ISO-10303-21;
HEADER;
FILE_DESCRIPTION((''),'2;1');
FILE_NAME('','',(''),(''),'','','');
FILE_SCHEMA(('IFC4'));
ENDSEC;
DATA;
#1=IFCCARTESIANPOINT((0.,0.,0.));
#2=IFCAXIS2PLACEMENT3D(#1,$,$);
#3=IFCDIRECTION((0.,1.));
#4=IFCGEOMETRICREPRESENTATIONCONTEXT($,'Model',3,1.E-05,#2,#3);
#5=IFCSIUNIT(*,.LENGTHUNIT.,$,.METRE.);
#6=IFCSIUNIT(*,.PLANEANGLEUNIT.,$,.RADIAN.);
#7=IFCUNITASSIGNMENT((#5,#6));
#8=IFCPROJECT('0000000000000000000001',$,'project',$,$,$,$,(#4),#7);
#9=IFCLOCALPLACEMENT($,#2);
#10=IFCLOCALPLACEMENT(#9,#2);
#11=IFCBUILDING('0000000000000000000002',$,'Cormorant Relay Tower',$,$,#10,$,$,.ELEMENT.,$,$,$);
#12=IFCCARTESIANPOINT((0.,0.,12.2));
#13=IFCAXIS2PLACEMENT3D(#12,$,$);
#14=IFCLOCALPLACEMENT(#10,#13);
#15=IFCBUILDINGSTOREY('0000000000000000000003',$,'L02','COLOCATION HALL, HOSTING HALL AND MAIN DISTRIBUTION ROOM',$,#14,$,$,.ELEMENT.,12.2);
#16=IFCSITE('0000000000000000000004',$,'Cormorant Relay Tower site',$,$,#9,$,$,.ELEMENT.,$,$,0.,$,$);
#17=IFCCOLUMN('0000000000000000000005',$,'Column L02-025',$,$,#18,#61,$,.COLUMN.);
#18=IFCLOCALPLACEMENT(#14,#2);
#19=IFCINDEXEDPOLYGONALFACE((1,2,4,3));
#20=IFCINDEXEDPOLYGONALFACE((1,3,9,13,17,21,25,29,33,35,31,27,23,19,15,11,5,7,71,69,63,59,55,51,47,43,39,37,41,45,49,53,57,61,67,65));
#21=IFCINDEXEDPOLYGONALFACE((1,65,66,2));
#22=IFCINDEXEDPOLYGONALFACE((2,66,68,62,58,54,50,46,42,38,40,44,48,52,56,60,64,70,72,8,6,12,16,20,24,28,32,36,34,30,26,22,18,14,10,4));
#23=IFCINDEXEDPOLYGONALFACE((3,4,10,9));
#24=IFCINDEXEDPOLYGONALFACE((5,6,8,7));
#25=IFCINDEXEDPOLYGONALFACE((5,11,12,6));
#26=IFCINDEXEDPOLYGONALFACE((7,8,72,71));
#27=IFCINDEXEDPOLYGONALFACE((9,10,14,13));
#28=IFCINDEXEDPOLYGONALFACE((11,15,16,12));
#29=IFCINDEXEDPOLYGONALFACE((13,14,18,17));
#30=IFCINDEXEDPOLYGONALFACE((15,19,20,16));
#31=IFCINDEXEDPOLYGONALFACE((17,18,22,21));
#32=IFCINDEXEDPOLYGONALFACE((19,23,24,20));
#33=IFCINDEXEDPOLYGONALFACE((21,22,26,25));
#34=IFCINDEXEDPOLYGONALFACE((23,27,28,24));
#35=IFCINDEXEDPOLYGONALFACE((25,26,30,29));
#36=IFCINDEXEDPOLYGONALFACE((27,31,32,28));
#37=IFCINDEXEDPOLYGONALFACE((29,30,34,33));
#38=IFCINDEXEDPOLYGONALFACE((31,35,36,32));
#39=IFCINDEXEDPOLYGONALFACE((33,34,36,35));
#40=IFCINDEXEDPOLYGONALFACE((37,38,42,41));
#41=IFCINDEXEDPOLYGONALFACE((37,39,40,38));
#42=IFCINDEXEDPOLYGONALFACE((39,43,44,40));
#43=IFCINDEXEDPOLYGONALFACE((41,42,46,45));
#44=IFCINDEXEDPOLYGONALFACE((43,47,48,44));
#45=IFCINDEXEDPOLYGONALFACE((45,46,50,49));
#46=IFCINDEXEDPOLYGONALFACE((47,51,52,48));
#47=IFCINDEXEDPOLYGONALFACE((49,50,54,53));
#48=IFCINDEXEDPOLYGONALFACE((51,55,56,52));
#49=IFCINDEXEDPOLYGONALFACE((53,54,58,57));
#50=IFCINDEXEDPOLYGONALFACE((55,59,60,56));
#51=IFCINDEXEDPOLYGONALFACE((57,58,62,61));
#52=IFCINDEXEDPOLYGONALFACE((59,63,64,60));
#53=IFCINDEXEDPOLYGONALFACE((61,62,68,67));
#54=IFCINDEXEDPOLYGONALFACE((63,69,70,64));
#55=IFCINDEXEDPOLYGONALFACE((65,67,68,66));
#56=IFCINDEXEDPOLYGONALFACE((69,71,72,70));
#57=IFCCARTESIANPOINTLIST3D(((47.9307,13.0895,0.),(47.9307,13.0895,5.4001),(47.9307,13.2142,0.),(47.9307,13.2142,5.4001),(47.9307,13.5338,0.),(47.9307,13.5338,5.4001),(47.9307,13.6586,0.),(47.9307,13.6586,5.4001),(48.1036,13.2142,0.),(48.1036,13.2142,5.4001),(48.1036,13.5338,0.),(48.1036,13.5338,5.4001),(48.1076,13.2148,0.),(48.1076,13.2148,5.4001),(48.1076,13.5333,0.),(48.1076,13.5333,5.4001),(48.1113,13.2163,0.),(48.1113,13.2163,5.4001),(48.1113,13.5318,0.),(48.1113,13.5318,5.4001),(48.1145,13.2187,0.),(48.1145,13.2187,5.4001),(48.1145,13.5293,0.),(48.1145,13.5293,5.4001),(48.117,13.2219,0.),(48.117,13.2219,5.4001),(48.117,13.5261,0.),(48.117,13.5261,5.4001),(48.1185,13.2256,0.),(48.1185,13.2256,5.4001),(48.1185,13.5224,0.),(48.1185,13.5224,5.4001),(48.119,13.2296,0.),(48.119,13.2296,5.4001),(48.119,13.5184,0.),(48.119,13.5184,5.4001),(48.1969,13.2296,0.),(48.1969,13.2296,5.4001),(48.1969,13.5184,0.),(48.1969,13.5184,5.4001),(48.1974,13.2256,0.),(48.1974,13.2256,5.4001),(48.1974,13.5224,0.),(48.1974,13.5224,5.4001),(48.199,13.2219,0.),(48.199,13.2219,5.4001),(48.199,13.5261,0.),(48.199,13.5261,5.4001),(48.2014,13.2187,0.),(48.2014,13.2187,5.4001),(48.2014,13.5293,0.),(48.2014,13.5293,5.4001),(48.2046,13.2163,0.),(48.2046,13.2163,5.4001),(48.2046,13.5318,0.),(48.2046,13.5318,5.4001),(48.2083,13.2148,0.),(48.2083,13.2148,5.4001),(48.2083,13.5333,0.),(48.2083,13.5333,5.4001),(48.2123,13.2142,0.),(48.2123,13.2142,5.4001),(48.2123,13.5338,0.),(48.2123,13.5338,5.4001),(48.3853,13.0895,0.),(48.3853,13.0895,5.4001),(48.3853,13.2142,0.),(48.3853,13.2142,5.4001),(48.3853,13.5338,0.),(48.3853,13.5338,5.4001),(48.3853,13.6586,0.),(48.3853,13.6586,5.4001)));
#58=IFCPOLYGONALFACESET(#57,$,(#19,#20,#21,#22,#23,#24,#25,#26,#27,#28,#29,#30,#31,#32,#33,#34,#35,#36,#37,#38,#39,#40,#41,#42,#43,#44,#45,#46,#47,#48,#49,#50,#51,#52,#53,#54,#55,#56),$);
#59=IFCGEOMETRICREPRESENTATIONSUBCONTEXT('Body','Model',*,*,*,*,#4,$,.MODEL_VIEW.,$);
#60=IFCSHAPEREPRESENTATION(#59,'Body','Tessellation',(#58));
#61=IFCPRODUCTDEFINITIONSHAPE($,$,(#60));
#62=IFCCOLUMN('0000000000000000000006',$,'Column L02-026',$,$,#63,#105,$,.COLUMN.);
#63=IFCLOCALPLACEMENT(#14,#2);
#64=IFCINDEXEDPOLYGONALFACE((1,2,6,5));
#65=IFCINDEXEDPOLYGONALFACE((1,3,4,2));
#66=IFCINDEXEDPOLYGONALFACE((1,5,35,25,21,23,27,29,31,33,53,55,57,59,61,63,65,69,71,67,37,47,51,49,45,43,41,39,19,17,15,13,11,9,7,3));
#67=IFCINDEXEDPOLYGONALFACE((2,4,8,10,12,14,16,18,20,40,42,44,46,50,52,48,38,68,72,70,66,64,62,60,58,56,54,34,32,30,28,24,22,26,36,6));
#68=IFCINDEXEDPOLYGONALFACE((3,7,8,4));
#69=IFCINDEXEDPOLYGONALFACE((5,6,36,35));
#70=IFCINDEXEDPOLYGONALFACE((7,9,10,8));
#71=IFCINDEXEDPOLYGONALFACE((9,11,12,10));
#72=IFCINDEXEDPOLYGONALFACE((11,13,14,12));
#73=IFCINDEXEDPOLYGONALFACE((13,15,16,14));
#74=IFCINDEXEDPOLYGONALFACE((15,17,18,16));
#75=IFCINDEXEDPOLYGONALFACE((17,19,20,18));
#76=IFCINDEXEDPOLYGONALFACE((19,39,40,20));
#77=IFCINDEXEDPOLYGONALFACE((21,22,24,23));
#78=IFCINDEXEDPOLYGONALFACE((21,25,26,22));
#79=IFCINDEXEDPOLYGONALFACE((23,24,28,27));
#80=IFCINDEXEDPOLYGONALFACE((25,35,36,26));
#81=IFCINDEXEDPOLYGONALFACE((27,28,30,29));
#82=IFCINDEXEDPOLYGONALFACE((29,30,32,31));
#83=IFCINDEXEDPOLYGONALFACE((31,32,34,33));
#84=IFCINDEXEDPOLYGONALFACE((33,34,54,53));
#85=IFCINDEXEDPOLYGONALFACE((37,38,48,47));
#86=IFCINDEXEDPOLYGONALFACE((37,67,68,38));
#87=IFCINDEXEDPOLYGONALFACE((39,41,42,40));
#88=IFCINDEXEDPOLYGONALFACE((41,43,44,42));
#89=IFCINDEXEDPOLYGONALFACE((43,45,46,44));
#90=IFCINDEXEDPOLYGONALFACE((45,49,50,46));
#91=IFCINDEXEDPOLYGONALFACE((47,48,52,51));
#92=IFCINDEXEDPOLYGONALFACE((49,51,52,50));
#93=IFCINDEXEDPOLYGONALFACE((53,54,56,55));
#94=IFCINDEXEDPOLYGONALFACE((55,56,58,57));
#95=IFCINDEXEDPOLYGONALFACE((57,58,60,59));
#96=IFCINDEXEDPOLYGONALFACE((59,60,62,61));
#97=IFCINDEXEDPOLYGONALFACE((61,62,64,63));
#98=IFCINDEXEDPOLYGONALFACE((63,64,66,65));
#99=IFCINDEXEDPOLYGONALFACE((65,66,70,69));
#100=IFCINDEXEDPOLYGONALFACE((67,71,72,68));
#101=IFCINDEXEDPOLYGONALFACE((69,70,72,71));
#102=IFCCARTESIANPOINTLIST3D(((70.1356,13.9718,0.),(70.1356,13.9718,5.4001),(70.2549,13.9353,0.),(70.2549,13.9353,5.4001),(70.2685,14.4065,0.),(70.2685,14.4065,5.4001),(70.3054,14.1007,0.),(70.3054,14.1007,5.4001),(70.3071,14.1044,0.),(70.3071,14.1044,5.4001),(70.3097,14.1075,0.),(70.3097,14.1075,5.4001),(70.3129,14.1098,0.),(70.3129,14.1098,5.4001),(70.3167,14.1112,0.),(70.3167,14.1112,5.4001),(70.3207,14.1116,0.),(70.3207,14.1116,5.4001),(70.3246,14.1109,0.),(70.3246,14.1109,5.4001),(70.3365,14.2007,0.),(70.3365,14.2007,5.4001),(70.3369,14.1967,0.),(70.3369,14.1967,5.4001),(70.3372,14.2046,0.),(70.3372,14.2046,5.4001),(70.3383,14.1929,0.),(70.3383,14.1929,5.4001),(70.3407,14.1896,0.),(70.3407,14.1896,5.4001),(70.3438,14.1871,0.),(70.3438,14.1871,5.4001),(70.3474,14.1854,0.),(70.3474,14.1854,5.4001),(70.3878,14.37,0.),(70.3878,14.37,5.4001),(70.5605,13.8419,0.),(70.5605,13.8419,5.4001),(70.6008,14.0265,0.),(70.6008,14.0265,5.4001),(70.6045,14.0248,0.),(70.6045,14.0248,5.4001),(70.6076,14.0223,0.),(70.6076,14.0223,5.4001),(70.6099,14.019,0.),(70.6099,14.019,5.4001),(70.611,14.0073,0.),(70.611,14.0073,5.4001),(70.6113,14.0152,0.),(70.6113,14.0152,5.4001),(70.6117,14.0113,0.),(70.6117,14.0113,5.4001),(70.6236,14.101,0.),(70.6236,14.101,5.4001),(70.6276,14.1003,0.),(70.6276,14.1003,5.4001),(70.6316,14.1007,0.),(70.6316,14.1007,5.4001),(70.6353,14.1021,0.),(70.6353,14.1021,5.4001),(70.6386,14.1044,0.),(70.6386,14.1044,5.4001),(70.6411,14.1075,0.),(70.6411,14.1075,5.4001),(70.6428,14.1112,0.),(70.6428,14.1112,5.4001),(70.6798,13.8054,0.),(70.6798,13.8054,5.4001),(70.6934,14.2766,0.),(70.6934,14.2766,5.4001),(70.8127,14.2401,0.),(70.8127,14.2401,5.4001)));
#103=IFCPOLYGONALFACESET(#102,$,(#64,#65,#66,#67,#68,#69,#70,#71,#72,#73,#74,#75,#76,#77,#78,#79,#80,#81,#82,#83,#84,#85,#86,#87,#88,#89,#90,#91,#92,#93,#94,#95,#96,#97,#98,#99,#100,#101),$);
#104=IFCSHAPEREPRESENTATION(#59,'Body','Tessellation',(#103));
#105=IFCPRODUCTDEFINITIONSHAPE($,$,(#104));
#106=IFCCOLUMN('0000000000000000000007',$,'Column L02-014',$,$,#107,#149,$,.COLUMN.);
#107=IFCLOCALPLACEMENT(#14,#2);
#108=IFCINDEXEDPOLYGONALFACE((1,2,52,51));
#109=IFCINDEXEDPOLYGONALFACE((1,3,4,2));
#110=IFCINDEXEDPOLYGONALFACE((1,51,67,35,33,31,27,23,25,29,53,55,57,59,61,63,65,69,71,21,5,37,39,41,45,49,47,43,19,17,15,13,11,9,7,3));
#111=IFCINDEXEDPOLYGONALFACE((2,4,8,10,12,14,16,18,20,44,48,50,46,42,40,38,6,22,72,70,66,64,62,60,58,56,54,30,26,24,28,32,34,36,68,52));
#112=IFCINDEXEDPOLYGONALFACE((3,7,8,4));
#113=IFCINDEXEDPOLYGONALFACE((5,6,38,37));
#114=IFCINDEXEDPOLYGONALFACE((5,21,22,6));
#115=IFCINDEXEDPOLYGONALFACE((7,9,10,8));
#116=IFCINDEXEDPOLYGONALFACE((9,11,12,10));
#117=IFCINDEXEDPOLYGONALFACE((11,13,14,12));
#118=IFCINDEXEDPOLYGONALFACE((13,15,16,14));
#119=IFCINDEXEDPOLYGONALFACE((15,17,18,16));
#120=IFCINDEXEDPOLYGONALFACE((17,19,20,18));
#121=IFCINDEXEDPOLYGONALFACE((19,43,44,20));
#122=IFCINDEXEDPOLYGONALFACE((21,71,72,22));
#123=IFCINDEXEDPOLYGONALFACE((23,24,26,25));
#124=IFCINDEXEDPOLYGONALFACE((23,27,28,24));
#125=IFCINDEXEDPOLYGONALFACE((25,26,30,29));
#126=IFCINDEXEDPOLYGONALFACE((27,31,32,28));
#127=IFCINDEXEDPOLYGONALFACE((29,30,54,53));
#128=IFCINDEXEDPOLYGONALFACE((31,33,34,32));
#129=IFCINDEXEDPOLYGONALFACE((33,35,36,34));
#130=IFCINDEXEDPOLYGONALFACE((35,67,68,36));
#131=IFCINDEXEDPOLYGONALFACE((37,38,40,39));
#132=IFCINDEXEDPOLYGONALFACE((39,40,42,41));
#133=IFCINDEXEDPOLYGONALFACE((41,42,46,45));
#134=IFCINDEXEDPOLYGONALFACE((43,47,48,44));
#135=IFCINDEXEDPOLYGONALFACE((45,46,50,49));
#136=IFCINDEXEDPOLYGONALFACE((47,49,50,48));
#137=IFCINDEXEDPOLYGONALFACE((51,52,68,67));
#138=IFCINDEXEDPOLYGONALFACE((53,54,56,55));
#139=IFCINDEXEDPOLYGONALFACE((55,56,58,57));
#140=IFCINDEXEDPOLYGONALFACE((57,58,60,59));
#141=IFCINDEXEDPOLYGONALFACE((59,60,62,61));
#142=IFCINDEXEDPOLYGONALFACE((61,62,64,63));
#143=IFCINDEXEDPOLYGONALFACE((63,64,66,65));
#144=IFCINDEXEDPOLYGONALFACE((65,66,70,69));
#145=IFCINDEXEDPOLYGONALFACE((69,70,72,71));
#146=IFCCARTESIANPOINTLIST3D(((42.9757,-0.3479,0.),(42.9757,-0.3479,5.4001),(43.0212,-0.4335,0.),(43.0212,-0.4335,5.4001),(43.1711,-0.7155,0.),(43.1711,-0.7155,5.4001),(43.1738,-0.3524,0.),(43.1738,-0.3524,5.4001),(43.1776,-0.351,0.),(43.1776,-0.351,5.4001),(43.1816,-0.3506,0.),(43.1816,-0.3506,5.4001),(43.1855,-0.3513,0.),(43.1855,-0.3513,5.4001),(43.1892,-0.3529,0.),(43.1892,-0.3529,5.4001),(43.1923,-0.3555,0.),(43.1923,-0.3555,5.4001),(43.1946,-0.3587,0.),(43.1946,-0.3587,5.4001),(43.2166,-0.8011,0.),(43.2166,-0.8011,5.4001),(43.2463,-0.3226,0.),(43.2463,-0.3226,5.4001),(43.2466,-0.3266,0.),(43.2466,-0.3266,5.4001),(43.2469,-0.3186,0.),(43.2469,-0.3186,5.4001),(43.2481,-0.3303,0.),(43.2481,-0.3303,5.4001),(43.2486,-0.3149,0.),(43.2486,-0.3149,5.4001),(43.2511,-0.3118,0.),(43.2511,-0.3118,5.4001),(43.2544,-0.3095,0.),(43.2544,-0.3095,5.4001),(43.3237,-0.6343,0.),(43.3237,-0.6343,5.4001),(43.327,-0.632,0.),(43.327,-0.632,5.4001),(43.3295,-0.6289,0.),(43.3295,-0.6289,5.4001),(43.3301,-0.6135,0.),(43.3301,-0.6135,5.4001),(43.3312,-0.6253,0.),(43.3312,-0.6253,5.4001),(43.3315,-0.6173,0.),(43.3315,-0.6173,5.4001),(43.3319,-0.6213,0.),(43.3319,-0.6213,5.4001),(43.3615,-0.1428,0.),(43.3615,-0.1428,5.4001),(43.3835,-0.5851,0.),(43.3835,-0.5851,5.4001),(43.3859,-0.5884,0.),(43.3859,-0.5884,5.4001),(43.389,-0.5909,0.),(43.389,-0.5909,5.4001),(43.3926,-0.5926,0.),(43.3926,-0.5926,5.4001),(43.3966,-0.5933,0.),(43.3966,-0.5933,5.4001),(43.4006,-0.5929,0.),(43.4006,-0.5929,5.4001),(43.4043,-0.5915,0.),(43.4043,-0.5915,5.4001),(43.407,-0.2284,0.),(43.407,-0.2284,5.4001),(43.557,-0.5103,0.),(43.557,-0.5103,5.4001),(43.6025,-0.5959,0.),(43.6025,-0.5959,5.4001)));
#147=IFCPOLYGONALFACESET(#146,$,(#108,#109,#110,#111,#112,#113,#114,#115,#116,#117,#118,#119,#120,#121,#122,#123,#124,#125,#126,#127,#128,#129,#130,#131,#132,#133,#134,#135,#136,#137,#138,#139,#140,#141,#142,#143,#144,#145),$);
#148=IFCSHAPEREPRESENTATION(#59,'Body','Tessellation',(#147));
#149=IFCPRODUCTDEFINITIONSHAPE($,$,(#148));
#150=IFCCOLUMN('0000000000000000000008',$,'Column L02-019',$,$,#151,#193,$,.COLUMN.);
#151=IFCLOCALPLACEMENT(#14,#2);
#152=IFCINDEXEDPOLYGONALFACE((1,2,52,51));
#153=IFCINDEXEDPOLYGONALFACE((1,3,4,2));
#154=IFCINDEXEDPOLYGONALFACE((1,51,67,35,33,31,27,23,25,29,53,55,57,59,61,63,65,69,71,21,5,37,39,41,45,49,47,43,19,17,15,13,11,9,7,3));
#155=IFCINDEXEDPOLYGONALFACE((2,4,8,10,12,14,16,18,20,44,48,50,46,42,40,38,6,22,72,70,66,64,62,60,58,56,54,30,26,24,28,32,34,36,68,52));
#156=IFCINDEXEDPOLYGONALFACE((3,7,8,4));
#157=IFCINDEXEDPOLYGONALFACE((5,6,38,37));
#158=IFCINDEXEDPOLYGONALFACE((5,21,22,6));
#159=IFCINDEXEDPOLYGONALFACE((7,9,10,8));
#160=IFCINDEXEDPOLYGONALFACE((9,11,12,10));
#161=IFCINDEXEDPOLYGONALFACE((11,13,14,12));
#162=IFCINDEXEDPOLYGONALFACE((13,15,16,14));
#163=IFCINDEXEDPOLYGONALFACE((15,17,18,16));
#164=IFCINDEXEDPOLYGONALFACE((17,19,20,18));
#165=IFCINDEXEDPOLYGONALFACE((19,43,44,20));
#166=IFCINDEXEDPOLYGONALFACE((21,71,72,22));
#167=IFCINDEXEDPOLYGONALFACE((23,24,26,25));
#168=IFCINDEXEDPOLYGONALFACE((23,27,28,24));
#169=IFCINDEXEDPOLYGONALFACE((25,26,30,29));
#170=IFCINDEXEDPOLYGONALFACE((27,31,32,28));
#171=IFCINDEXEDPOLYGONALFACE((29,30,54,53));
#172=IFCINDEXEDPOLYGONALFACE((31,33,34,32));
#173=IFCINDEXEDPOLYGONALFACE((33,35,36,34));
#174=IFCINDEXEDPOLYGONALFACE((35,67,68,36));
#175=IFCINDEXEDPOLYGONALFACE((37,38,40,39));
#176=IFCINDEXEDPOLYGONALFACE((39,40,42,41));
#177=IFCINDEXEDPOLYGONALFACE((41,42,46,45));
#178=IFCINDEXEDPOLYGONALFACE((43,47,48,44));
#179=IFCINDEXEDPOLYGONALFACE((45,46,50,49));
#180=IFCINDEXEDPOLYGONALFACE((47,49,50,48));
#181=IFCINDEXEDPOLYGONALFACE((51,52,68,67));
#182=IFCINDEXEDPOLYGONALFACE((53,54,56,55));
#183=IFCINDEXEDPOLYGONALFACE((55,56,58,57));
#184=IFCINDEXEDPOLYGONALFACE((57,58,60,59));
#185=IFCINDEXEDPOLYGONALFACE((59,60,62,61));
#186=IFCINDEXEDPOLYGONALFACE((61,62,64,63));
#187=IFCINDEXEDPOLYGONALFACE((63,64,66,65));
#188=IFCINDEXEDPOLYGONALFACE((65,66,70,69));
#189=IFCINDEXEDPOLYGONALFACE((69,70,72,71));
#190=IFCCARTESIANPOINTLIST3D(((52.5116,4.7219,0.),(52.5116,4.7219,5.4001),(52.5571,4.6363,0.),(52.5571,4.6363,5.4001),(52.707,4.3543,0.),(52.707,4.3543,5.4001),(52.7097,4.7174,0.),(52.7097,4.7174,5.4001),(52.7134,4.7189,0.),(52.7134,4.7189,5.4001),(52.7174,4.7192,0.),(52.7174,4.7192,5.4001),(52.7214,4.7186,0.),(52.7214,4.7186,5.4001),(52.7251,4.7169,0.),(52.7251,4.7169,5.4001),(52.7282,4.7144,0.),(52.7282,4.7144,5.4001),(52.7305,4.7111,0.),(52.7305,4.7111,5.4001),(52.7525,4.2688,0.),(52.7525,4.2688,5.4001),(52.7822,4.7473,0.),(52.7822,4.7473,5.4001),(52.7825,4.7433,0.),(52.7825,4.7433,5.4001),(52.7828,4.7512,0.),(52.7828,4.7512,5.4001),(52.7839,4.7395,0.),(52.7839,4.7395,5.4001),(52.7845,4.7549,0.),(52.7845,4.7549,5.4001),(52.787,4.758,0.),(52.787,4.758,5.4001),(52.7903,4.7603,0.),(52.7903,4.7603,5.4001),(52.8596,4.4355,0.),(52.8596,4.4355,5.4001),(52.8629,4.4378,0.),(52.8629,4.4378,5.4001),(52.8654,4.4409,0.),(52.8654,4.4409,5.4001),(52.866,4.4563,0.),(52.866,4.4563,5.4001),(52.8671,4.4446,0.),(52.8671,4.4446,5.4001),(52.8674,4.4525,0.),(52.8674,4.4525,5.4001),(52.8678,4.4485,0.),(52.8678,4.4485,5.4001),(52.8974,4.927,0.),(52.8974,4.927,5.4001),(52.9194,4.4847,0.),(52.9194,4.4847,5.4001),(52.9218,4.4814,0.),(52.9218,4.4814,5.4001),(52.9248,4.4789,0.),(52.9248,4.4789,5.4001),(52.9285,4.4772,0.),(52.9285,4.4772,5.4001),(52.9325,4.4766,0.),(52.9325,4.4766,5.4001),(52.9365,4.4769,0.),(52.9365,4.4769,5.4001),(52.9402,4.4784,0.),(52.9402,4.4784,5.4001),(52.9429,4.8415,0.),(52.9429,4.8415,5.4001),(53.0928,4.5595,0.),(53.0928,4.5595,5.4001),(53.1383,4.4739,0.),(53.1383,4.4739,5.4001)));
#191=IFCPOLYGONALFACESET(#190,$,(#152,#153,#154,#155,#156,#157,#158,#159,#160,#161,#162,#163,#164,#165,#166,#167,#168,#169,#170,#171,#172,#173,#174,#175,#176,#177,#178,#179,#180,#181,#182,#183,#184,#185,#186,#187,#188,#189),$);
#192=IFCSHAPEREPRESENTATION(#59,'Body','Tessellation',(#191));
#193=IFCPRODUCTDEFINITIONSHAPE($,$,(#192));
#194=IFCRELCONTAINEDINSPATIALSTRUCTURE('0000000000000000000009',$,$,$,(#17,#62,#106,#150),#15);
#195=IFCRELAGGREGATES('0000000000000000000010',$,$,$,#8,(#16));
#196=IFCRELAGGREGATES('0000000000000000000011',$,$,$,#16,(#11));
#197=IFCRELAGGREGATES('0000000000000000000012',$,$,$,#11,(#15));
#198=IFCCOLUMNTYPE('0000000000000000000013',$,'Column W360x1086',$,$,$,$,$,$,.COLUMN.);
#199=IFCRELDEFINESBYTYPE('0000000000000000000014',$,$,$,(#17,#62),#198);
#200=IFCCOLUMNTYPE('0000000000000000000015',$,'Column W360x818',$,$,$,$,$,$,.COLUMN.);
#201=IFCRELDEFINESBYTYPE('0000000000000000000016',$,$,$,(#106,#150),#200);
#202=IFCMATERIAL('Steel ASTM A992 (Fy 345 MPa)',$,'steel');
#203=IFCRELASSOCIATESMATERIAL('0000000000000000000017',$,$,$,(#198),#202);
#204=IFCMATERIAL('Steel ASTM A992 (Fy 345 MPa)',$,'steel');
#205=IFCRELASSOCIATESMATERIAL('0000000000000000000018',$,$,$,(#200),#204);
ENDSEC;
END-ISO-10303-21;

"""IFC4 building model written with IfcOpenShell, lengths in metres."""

from ifc_helpers import new_model, si_unit, direction, frame, origin, origin_2d, place, context, subcontext, project, spatial, i_section, extrude, material, material_profile, profile_set, type_object, element, save


model = new_model("IFC4")

# Units and contexts
model_context = context("Model", 3, precision=1e-05, world=origin(), true_north=direction((0.0, 1.0)))
body_context = subcontext(model_context, "Body", "Model", "MODEL_VIEW")
ifc_project = project(units=[si_unit("LENGTHUNIT", "METRE"), si_unit("PLANEANGLEUNIT", "RADIAN")], contexts=[model_context])

# Site, building, storey
site_placement = place(None, origin())
site = spatial("IfcSite", under=ifc_project, at=site_placement, Name="Cormorant Relay Tower site", CompositionType="ELEMENT", RefElevation=0.0)
building_placement = place(site_placement, origin())
building = spatial("IfcBuilding", under=site, at=building_placement, Name="Cormorant Relay Tower", CompositionType="ELEMENT")
storey_placement = place(building_placement, frame((0.0, 0.0, 12.2)))
storey = spatial("IfcBuildingStorey", under=building, at=storey_placement, Name="L02", Description="COLOCATION HALL, HOSTING HALL AND MAIN DISTRIBUTION ROOM", CompositionType="ELEMENT", Elevation=12.2)

# Columns
ifc_material_1 = material(Name="Steel ASTM A992 (Fy 345 MPa)", Category="steel")
ifc_material_profile_1 = material_profile(ifc_material_1, i_section(OverallWidth=0.4546, OverallDepth=0.5691, WebThickness=0.0779, FlangeThickness=0.1248, FilletRadius=0.0154, at=origin_2d()), Name="W360x1086")
ifc_profile_set_1 = profile_set([ifc_material_profile_1], Name="Steel ASTM A992 (Fy 345 MPa)")
column_type_1 = type_object("IfcColumnType", Name="Column W360x1086", PredefinedType="COLUMN", material=ifc_profile_set_1)
for number, where, z_axis, x_axis, name in (
    (1, (48.158, 13.374, 0.0), (0.0, 0.0, 1.0), (1.0, 0.0, 0.0), "Column L02-025"),
    (2, (70.4741, 14.106, 0.0), (0.0, 0.0, 1.0), (0.292372, 0.956305, 0.0), "Column L02-026"),
):
    element("IfcColumn", number, at=place(storey_placement, frame(where, z_axis=z_axis, x_axis=x_axis)), inside=storey, type_object=column_type_1, Name=name, PredefinedType="COLUMN", context=body_context, shape_type="SweptSolid", body=[
        extrude(i_section(OverallWidth=0.4546, OverallDepth=0.5691, WebThickness=0.0779, FlangeThickness=0.1248, FilletRadius=0.0154, at=origin_2d()), origin(), (0.0, 0.0, 1.0), 5.4001),
    ])
ifc_material_2 = material(Name="Steel ASTM A992 (Fy 345 MPa)", Category="steel")
ifc_material_profile_2 = material_profile(ifc_material_2, i_section(OverallWidth=0.437, OverallDepth=0.5132, WebThickness=0.0605, FlangeThickness=0.0969, FilletRadius=0.0154, at=origin_2d()), Name="W360x818")
ifc_profile_set_2 = profile_set([ifc_material_profile_2], Name="Steel ASTM A992 (Fy 345 MPa)")
column_type_2 = type_object("IfcColumnType", Name="Column W360x818", PredefinedType="COLUMN", material=ifc_profile_set_2)
for number, where, z_axis, x_axis, name in (
    (3, (43.2891, -0.4719, 0.0), (0.0, 0.0, 1.0), (0.882948, 0.469472, 0.0), "Column L02-014"),
    (4, (52.825, 4.5979, 0.0), (0.0, 0.0, 1.0), (0.882948, 0.469472, 0.0), "Column L02-019"),
):
    element("IfcColumn", number, at=place(storey_placement, frame(where, z_axis=z_axis, x_axis=x_axis)), inside=storey, type_object=column_type_2, Name=name, PredefinedType="COLUMN", context=body_context, shape_type="SweptSolid", body=[
        extrude(i_section(OverallWidth=0.437, OverallDepth=0.5132, WebThickness=0.0605, FlangeThickness=0.0969, FilletRadius=0.0154, at=origin_2d()), origin(), (0.0, 0.0, 1.0), 5.4001),
    ])

save(model, "model.ifc")
